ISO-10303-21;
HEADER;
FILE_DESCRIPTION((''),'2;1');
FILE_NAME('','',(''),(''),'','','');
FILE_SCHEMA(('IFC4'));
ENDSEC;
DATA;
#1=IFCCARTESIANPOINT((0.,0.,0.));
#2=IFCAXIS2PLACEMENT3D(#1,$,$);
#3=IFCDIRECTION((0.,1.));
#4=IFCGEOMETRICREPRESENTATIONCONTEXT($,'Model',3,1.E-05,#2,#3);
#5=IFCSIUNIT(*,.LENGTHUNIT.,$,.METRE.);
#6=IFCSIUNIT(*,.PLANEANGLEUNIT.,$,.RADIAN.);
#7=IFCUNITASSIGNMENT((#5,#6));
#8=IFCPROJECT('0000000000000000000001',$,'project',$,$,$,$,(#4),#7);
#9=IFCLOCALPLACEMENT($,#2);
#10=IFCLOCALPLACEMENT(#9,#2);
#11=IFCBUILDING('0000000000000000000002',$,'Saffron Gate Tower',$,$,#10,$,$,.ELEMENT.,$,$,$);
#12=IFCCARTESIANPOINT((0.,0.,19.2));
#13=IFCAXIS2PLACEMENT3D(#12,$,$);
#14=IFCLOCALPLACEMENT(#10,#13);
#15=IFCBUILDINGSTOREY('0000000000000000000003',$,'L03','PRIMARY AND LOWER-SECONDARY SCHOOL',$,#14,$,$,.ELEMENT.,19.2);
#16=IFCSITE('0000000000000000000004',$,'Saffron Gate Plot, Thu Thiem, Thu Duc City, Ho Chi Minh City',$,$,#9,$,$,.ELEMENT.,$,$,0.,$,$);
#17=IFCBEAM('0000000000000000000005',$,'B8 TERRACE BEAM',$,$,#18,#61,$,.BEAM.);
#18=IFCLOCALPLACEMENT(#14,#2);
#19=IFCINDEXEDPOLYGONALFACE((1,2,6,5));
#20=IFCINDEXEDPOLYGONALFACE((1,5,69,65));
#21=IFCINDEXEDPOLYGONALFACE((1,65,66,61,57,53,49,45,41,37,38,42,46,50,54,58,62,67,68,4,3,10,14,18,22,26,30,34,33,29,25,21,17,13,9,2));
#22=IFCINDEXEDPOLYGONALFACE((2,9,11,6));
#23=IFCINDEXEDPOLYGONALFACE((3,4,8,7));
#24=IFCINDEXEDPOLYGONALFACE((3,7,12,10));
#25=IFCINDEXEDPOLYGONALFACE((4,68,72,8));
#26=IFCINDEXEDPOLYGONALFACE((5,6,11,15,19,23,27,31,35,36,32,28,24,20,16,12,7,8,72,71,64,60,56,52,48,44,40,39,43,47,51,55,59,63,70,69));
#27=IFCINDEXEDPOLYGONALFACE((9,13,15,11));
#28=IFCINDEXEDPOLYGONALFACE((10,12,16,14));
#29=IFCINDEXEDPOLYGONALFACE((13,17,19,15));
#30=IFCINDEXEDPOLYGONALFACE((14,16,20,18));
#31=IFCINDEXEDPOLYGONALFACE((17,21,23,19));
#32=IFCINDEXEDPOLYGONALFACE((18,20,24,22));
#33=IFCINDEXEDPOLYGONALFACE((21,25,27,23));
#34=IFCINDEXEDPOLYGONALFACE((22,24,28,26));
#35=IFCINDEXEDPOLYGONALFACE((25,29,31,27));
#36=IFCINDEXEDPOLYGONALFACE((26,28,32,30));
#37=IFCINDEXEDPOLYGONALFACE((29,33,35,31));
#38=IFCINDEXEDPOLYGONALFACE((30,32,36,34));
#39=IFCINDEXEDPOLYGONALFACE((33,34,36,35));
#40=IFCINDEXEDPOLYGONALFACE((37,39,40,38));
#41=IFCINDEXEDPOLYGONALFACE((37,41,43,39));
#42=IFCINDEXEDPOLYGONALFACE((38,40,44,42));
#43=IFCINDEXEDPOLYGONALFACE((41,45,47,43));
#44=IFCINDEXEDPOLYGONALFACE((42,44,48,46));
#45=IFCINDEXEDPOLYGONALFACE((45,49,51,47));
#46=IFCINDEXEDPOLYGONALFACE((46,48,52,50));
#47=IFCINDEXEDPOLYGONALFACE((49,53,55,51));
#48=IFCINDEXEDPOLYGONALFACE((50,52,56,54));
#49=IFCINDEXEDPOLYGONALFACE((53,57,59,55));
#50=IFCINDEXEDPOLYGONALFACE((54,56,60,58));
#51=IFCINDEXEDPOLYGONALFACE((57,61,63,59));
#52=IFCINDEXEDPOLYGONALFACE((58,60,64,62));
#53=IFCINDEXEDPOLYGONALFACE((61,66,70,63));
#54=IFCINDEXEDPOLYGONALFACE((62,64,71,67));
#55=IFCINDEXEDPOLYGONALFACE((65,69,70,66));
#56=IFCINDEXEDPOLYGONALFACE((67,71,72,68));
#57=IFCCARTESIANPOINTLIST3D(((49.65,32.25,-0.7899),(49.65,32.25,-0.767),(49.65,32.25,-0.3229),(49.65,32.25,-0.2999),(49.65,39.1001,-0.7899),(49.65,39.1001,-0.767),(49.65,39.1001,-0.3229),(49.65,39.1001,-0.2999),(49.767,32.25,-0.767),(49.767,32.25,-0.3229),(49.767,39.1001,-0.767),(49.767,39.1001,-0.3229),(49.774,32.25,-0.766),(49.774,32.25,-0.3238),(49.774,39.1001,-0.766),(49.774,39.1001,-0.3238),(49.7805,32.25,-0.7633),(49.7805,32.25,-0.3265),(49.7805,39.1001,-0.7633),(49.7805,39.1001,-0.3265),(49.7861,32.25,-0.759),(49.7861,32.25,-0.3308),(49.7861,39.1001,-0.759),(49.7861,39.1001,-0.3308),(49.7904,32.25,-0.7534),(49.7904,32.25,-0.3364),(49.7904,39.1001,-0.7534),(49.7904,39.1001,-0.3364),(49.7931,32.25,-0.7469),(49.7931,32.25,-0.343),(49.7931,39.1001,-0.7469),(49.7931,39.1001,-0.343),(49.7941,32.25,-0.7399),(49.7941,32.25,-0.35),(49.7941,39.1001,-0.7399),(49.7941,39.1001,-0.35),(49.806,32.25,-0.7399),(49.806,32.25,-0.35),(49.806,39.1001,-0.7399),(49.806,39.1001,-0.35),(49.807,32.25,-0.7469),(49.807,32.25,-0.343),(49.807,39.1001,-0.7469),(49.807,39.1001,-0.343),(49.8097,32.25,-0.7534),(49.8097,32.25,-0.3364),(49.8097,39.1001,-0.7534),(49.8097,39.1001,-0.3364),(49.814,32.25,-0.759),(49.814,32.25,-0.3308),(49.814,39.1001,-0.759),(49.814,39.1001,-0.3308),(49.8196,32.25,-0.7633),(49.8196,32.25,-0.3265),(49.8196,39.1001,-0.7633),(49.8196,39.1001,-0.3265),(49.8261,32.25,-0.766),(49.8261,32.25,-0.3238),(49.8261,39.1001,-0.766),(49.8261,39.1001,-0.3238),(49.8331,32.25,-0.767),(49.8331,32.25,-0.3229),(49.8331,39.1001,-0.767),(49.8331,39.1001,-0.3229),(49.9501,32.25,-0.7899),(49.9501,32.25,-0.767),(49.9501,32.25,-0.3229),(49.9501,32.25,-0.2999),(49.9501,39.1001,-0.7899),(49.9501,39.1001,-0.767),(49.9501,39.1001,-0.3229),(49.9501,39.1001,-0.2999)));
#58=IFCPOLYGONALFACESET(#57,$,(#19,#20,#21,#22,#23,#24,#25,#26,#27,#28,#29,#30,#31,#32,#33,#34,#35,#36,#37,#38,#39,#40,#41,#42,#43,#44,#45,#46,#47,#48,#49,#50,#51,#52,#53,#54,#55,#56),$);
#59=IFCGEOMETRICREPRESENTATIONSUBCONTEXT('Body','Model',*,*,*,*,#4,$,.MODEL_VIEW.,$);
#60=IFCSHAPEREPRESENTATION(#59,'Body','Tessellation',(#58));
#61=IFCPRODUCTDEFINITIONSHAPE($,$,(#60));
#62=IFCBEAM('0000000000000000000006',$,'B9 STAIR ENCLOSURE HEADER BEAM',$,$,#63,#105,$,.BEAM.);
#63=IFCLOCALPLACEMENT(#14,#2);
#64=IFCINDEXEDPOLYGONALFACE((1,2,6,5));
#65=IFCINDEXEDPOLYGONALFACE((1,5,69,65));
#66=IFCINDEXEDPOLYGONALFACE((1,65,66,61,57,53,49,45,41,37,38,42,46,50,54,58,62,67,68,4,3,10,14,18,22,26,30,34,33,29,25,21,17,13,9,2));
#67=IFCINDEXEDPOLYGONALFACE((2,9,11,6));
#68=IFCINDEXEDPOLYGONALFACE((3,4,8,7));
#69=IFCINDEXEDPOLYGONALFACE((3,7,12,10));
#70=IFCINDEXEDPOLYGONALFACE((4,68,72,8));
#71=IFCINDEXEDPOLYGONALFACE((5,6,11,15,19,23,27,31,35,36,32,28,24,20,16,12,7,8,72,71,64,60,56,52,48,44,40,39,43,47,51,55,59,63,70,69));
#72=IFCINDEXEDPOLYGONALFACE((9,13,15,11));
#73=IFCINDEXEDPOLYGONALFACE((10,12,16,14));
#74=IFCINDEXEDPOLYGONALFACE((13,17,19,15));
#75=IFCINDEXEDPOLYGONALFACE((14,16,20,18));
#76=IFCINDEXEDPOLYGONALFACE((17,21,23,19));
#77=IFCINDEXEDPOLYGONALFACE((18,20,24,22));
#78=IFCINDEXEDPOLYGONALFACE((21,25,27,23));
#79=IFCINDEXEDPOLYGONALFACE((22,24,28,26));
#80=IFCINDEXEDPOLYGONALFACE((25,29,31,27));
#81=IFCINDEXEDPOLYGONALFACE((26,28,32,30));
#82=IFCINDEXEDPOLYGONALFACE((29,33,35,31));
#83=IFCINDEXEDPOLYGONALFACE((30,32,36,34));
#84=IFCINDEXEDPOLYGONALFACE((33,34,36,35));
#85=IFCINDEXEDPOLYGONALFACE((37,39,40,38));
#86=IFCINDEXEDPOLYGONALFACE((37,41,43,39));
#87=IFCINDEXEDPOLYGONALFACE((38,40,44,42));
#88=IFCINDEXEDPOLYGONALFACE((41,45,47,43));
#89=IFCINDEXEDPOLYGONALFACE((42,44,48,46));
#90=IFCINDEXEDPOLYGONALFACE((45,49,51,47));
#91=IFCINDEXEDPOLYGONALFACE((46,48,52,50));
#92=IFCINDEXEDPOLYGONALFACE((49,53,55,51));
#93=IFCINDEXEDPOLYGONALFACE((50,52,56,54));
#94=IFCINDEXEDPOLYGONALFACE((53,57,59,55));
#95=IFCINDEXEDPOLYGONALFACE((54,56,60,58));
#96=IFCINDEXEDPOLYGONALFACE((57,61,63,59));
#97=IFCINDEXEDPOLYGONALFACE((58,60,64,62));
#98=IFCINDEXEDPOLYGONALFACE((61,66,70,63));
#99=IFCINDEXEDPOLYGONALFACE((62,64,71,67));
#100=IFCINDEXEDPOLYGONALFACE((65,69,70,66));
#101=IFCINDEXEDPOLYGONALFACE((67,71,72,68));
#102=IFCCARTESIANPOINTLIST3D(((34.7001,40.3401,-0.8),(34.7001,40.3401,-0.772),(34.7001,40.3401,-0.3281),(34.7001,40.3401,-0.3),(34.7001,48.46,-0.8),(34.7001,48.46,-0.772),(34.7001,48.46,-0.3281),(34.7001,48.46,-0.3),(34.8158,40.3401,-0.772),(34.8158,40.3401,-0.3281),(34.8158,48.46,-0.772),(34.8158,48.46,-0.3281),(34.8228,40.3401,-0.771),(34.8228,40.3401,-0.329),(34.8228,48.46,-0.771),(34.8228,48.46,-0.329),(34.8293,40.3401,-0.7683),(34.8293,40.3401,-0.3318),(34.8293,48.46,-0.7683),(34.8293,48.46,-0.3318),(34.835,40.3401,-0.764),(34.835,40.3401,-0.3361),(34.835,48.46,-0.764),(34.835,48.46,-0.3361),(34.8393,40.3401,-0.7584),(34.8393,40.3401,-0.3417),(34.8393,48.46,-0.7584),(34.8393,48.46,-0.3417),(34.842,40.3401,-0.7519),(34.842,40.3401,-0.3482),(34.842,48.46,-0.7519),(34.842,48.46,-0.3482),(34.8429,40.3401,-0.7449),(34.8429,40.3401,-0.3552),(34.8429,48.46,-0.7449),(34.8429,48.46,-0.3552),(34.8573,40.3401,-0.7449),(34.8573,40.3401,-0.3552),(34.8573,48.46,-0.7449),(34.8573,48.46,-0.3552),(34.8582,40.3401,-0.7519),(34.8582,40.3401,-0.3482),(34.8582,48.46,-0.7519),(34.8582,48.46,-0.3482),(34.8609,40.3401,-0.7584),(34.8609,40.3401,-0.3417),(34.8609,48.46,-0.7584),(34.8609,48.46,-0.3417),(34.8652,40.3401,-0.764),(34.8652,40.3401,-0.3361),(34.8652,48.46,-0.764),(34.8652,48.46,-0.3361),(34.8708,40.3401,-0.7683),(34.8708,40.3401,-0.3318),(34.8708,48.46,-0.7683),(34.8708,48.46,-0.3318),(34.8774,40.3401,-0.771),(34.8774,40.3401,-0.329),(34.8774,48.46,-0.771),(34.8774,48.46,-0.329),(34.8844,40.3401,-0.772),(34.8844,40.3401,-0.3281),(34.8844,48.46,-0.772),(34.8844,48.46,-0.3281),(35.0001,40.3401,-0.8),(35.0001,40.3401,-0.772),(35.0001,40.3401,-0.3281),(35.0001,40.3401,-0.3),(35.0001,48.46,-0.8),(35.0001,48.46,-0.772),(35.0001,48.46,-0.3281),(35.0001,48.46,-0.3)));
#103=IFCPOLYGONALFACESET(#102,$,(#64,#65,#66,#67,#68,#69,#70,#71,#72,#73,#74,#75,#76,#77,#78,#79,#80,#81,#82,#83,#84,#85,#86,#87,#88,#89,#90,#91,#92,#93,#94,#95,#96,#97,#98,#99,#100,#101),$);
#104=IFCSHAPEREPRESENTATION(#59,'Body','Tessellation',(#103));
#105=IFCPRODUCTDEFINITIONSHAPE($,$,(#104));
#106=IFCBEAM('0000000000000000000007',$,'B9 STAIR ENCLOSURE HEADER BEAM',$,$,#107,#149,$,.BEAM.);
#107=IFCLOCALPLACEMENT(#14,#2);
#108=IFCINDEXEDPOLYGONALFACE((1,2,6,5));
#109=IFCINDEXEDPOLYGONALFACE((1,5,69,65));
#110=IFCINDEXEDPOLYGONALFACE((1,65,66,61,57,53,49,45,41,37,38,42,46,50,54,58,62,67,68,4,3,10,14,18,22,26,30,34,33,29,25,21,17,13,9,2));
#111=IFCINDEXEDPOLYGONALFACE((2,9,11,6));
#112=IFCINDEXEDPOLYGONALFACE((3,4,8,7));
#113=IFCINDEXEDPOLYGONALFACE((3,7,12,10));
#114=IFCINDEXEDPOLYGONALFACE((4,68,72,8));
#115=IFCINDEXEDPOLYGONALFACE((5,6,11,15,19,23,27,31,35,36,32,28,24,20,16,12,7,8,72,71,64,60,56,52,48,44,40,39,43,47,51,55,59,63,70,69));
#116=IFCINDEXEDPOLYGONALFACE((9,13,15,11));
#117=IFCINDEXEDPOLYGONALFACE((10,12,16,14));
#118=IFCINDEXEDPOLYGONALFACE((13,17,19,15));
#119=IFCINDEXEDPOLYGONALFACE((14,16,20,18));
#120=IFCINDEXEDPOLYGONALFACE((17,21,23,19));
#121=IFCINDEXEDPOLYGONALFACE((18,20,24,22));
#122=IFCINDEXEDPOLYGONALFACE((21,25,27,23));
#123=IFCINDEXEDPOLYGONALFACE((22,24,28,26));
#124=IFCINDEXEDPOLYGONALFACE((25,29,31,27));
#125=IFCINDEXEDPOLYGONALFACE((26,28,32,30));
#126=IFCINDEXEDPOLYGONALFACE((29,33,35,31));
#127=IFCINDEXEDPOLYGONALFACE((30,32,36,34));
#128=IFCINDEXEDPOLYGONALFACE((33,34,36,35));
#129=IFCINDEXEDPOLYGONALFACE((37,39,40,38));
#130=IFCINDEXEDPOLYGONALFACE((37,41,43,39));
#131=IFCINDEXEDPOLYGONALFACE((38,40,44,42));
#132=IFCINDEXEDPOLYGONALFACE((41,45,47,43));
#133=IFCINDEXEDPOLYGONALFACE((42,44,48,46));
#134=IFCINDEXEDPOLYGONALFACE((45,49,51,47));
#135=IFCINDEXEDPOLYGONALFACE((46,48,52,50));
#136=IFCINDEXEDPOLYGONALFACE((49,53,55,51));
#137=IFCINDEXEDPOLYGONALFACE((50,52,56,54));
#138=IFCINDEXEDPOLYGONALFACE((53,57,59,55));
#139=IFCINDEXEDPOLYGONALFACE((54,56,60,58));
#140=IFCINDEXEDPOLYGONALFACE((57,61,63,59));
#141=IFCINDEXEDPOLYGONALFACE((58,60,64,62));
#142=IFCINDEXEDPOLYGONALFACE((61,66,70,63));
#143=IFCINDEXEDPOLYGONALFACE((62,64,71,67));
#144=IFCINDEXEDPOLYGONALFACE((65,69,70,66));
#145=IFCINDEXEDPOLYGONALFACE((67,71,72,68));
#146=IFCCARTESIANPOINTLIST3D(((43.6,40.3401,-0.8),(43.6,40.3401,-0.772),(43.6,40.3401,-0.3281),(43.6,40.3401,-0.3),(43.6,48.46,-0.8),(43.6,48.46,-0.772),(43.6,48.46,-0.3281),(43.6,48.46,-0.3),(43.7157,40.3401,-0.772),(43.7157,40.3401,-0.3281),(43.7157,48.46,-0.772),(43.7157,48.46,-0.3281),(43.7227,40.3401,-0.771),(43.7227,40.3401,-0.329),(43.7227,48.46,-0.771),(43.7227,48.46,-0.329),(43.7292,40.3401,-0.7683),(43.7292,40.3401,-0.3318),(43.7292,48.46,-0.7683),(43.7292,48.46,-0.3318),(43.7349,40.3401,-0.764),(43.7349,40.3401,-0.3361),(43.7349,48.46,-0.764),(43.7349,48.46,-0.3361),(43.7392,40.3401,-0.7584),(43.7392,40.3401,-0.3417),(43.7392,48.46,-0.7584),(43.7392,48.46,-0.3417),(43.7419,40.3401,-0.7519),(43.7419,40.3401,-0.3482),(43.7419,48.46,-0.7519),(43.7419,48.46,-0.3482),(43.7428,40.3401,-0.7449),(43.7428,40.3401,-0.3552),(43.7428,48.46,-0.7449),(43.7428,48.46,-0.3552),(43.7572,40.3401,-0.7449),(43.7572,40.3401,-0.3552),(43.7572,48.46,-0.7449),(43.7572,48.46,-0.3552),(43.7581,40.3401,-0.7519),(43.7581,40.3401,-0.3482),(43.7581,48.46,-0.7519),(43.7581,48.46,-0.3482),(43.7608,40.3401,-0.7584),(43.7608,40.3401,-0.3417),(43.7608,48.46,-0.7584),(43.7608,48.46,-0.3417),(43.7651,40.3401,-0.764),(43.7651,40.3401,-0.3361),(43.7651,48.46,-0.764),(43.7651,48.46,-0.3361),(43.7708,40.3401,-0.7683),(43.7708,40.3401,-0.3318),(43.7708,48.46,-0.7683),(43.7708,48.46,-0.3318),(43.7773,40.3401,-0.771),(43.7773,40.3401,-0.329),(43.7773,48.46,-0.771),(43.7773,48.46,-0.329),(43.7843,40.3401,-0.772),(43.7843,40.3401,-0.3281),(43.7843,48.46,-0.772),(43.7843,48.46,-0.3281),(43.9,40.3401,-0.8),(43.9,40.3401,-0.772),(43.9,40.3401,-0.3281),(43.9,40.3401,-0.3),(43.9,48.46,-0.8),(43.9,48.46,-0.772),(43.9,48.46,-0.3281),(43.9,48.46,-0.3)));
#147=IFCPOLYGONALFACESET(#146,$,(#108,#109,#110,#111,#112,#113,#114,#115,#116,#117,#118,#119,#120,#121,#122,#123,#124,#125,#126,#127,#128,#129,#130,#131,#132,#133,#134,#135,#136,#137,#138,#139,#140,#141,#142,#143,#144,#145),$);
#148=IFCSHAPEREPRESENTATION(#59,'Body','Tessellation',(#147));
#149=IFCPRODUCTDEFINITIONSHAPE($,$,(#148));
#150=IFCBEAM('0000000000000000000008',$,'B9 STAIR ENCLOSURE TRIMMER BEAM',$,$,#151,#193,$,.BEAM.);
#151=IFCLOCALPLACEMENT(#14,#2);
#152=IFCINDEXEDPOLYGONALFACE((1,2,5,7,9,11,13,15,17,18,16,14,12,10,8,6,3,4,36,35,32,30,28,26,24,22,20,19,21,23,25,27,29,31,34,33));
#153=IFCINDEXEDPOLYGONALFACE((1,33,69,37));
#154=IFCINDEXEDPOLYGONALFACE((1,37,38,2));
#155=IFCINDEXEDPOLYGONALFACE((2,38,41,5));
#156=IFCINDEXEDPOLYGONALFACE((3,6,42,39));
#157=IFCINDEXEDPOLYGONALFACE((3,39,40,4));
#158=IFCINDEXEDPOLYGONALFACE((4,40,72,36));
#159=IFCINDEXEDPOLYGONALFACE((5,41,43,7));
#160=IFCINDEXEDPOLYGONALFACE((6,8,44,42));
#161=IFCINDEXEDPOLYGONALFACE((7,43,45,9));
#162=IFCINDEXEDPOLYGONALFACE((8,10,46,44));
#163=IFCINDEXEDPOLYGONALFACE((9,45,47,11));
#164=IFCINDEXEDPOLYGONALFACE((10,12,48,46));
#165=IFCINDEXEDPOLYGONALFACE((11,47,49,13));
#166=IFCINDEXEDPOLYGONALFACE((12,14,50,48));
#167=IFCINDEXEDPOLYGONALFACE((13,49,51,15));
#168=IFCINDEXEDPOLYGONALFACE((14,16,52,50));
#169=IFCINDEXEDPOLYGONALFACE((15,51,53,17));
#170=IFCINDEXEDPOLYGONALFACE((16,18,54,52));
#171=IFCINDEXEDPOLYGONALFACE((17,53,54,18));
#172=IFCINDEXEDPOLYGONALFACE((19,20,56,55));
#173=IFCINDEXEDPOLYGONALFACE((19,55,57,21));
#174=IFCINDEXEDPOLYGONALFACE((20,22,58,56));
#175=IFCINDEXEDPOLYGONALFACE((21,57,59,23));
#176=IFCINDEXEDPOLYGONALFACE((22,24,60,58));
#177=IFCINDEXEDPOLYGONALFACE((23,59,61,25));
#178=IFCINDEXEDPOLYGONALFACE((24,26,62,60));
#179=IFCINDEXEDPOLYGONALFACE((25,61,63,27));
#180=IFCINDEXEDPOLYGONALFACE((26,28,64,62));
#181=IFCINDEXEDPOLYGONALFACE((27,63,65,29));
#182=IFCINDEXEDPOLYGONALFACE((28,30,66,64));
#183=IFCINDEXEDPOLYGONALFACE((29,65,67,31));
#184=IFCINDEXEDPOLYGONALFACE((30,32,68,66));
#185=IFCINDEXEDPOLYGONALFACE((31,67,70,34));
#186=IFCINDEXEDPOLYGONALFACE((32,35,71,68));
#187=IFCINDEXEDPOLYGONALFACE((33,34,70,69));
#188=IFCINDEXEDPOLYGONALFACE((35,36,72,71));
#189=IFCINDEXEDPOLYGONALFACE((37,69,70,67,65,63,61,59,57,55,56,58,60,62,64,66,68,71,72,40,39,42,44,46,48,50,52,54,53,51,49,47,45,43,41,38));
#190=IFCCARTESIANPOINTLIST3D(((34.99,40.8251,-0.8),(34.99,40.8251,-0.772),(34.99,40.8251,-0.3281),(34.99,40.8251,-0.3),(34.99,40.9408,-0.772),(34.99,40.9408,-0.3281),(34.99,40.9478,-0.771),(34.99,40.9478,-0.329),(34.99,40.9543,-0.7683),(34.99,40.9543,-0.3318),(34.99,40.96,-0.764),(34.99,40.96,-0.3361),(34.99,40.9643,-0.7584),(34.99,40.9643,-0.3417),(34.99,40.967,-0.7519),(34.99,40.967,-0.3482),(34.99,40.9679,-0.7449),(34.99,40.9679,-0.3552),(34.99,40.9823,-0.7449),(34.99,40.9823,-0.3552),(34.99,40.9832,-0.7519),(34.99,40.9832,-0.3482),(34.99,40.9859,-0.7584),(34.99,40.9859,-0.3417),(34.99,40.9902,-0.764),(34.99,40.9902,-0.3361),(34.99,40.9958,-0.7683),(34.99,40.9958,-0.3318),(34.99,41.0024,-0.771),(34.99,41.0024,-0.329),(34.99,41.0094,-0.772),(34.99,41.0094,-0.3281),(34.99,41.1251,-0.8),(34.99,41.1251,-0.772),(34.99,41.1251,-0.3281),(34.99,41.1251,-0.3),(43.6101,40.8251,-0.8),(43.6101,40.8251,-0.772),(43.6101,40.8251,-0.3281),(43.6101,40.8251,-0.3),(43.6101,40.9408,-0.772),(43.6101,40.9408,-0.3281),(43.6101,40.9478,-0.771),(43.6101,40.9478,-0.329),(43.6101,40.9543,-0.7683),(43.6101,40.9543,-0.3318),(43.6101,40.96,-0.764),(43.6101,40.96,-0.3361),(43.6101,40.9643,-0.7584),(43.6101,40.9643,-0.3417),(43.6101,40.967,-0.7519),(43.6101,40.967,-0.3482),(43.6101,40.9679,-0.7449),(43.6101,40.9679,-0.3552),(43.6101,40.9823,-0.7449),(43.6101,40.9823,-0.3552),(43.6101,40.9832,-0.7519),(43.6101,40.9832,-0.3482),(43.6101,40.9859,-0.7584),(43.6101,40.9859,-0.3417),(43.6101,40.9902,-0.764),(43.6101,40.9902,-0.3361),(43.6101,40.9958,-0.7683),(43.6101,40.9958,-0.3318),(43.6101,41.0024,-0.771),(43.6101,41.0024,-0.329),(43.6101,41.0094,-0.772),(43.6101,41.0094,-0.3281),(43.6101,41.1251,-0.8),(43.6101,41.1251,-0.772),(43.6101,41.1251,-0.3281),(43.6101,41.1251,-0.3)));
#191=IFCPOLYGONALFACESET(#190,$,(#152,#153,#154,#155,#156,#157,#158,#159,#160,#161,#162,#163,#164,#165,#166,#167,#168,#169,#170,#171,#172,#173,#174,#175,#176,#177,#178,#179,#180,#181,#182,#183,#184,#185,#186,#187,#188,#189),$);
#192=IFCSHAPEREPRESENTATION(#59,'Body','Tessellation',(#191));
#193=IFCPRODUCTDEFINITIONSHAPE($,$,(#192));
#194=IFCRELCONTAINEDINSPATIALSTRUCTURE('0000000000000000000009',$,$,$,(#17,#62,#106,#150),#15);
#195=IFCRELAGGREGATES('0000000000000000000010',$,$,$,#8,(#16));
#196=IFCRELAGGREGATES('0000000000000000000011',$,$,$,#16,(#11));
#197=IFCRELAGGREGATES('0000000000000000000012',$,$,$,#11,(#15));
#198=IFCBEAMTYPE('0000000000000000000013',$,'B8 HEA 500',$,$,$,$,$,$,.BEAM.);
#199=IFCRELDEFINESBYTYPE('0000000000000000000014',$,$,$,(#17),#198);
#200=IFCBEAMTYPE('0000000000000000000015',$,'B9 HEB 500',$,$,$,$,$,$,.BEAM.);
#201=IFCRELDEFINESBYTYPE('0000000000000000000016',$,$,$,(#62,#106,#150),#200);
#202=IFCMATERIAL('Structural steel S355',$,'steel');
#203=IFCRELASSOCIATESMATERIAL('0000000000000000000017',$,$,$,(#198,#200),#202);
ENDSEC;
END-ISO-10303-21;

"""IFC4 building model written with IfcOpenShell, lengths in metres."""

from ifc_helpers import new_model, si_unit, direction, frame, origin, origin_2d, place, context, subcontext, project, spatial, i_section, extrude, material, material_profile, profile_set, type_object, element, save


model = new_model("IFC4")

# Units and contexts
model_context = context("Model", 3, precision=1e-05, world=origin(), true_north=direction((0.0, 1.0)))
body_context = subcontext(model_context, "Body", "Model", "MODEL_VIEW")
ifc_project = project(units=[si_unit("LENGTHUNIT", "METRE"), si_unit("PLANEANGLEUNIT", "RADIAN")], contexts=[model_context])

# Site, building, storey
site_placement = place(None, origin())
site = spatial("IfcSite", under=ifc_project, at=site_placement, Name="Saffron Gate Plot, Thu Thiem, Thu Duc City, Ho Chi Minh City", CompositionType="ELEMENT", RefElevation=0.0)
building_placement = place(site_placement, origin())
building = spatial("IfcBuilding", under=site, at=building_placement, Name="Saffron Gate Tower", CompositionType="ELEMENT")
storey_placement = place(building_placement, frame((0.0, 0.0, 19.2)))
storey = spatial("IfcBuildingStorey", under=building, at=storey_placement, Name="L03", Description="PRIMARY AND LOWER-SECONDARY SCHOOL", CompositionType="ELEMENT", Elevation=19.2)

# Beams
ifc_material_1 = material(Name="Structural steel S355", Category="steel")
ifc_material_profile_1 = material_profile(ifc_material_1, i_section(OverallWidth=0.3, OverallDepth=0.49, WebThickness=0.012, FlangeThickness=0.0229, FilletRadius=0.0271, at=origin_2d()))
ifc_profile_set_1 = profile_set([ifc_material_profile_1], Name="Structural steel S355")
beam_type_1 = type_object("IfcBeamType", Name="B8 HEA 500", PredefinedType="BEAM", material=ifc_profile_set_1)
beam_1_placement = place(storey_placement, frame((49.8, 32.25, -0.5449), z_axis=(0.0, 1.0, 0.0), x_axis=(-1.0, 0.0, 0.0)))
element("IfcBeam", 1, at=beam_1_placement, inside=storey, type_object=beam_type_1, Name="B8 TERRACE BEAM", PredefinedType="BEAM", context=body_context, shape_type="SweptSolid", body=[
    extrude(i_section(OverallWidth=0.3, OverallDepth=0.49, WebThickness=0.012, FlangeThickness=0.0229, FilletRadius=0.0271, at=origin_2d()), origin(), (0.0, 0.0, 1.0), 6.8501),
])
ifc_material_profile_2 = material_profile(ifc_material_1, i_section(OverallWidth=0.3, OverallDepth=0.5, WebThickness=0.0144, FlangeThickness=0.0281, FilletRadius=0.0271, at=origin_2d()))
ifc_profile_set_2 = profile_set([ifc_material_profile_2], Name="Structural steel S355")
beam_type_2 = type_object("IfcBeamType", Name="B9 HEB 500", PredefinedType="BEAM", material=ifc_profile_set_2)
for number, where, z_axis, x_axis, name in (
    (2, (34.8501, 40.3401, -0.55), (0.0, 1.0, 0.0), (-1.0, 0.0, 0.0), "B9 STAIR ENCLOSURE HEADER BEAM"),
    (3, (43.75, 40.3401, -0.55), (0.0, 1.0, 0.0), (-1.0, 0.0, 0.0), "B9 STAIR ENCLOSURE HEADER BEAM"),
):
    element("IfcBeam", number, at=place(storey_placement, frame(where, z_axis=z_axis, x_axis=x_axis)), inside=storey, type_object=beam_type_2, Name=name, PredefinedType="BEAM", context=body_context, shape_type="SweptSolid", body=[
        extrude(i_section(OverallWidth=0.3, OverallDepth=0.5, WebThickness=0.0144, FlangeThickness=0.0281, FilletRadius=0.0271, at=origin_2d()), origin(), (0.0, 0.0, 1.0), 8.1199),
    ])
for number, where, z_axis, x_axis, name in (
    (4, (34.99, 40.9751, -0.55), (1.0, 0.0, 0.0), (0.0, 1.0, 0.0), "B9 STAIR ENCLOSURE TRIMMER BEAM"),
):
    element("IfcBeam", number, at=place(storey_placement, frame(where, z_axis=z_axis, x_axis=x_axis)), inside=storey, type_object=beam_type_2, Name=name, PredefinedType="BEAM", context=body_context, shape_type="SweptSolid", body=[
        extrude(i_section(OverallWidth=0.3, OverallDepth=0.5, WebThickness=0.0144, FlangeThickness=0.0281, FilletRadius=0.0271, at=origin_2d()), origin(), (0.0, 0.0, 1.0), 8.6201),
    ])

save(model, "model.ifc")
